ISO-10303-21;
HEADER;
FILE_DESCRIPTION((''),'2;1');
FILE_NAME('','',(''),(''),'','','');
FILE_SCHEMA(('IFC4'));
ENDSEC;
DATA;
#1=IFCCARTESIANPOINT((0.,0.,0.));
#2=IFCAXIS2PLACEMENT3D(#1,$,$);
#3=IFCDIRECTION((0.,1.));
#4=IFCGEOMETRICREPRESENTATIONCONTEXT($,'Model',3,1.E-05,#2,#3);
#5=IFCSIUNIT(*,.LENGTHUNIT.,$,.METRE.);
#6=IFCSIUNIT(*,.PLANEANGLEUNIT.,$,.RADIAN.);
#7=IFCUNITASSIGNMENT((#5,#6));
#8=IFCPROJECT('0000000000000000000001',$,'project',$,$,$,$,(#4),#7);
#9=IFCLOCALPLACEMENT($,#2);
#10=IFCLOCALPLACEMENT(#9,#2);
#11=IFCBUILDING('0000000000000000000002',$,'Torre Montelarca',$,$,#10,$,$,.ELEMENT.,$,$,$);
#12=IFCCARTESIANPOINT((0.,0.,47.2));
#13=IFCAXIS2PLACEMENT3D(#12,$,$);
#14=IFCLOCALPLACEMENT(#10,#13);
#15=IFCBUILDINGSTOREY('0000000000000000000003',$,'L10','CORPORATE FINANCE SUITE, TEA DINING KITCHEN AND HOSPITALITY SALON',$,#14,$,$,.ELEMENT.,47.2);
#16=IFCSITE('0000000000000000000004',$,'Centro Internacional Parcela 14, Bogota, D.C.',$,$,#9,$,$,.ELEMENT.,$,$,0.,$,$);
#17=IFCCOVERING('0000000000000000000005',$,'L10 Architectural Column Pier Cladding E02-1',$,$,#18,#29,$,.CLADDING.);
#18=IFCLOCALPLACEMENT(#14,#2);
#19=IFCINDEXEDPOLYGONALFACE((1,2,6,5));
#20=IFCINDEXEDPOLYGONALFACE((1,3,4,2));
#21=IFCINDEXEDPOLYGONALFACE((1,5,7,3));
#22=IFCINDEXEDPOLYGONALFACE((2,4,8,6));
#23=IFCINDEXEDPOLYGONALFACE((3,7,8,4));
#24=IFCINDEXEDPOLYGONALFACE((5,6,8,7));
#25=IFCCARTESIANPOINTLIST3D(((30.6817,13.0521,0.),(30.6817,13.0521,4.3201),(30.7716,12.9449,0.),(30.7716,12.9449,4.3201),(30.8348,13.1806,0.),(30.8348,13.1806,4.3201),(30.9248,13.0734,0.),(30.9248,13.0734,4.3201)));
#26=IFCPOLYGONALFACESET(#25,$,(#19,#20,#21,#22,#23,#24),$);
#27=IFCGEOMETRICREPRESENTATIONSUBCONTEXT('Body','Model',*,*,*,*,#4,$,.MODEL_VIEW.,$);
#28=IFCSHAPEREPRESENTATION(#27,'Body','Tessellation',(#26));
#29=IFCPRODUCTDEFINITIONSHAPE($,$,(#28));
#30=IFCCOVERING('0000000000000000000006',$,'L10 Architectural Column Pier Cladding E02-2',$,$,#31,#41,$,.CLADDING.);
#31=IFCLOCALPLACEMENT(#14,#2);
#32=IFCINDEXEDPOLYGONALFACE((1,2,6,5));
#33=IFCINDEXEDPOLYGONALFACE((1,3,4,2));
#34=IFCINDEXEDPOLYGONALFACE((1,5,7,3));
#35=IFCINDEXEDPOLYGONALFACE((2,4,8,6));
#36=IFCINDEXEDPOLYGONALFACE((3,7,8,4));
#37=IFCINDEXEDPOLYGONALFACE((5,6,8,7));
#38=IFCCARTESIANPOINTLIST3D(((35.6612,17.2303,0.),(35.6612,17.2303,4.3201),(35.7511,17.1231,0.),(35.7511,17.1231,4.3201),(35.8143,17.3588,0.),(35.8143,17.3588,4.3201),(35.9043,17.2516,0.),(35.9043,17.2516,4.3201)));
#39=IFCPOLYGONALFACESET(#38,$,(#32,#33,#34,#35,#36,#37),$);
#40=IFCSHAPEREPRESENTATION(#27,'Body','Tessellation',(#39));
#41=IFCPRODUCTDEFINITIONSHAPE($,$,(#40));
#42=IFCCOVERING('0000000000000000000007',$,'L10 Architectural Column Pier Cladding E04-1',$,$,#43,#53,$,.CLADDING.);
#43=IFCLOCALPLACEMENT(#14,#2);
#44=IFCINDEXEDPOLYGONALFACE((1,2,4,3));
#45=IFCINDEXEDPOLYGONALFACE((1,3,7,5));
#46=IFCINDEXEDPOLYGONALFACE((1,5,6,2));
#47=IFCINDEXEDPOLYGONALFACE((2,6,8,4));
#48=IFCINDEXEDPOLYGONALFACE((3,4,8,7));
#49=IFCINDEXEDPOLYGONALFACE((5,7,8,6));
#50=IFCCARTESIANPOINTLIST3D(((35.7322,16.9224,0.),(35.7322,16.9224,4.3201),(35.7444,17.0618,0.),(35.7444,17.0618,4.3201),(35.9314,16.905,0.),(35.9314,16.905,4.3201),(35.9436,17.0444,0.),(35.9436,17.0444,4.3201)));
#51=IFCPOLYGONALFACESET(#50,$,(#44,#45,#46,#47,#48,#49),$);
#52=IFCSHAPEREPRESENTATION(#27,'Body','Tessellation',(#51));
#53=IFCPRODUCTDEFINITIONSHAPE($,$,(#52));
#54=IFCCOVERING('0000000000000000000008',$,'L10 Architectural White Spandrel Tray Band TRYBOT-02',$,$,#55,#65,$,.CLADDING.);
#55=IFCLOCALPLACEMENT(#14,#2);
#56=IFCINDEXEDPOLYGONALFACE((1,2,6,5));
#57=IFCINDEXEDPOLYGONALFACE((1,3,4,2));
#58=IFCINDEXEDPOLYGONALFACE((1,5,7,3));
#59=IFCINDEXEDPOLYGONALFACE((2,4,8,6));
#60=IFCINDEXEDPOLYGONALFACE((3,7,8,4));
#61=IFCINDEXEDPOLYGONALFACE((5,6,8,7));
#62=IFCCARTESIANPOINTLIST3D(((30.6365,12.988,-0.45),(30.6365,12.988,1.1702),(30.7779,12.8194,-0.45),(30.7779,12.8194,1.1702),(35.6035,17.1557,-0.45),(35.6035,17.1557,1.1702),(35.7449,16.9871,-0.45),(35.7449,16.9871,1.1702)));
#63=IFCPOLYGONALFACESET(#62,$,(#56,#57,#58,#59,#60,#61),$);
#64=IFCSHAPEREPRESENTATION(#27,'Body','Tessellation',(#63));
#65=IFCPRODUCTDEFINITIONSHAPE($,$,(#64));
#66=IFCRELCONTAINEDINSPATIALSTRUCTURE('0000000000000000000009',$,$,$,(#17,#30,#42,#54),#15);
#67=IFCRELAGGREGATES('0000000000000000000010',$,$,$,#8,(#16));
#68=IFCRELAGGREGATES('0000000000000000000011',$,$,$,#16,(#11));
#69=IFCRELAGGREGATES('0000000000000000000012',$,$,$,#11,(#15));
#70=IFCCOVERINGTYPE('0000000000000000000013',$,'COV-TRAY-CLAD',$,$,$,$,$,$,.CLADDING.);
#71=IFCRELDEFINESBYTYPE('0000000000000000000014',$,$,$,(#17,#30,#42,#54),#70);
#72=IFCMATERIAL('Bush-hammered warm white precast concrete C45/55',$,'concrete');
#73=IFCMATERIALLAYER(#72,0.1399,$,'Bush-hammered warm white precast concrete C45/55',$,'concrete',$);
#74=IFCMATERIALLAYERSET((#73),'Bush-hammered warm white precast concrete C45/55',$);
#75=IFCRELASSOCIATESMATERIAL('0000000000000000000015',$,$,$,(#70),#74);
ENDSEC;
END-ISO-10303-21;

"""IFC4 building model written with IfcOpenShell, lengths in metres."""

from ifc_helpers import new_model, si_unit, direction, frame, origin, origin_2d, place, context, subcontext, project, spatial, rectangle, extrude, source, transform, mapped, material, layer, layer_set, type_object, element, save


model = new_model("IFC4")

# Units and contexts
model_context = context("Model", 3, precision=1e-05, world=origin(), true_north=direction((0.0, 1.0)))
body_context = subcontext(model_context, "Body", "Model", "MODEL_VIEW")
ifc_project = project(units=[si_unit("LENGTHUNIT", "METRE"), si_unit("PLANEANGLEUNIT", "RADIAN")], contexts=[model_context])

# Site, building, storey
site_placement = place(None, origin())
site = spatial("IfcSite", under=ifc_project, at=site_placement, Name="Centro Internacional Parcela 14, Bogota, D.C.", CompositionType="ELEMENT", RefElevation=0.0)
building_placement = place(site_placement, origin())
building = spatial("IfcBuilding", under=site, at=building_placement, Name="Torre Montelarca", CompositionType="ELEMENT")
storey_placement = place(building_placement, frame((0.0, 0.0, 47.2)))
storey = spatial("IfcBuildingStorey", under=building, at=storey_placement, Name="L10", Description="CORPORATE FINANCE SUITE, TEA DINING KITCHEN AND HOSPITALITY SALON", CompositionType="ELEMENT", Elevation=47.2)

# Coverings
ifc_material_1 = material(Name="Bush-hammered warm white precast concrete C45/55", Category="concrete")
ifc_layer_1 = layer(ifc_material_1, 0.1399, Name="Bush-hammered warm white precast concrete C45/55", Category="concrete")
ifc_layer_set_1 = layer_set([ifc_layer_1], Name="Bush-hammered warm white precast concrete C45/55")
covering_type = type_object("IfcCoveringType", Name="COV-TRAY-CLAD", PredefinedType="CLADDING", material=ifc_layer_set_1)
shared_shape_1 = source(origin(), body_context, "Body", "SweptSolid", [
    extrude(rectangle(XDim=0.2, YDim=0.1399, at=origin_2d()), origin(), (0.0, 0.0, 1.0), 4.3201),
])
for number, where, z_axis, x_axis, name in (
    (1, (30.8032, 13.0627, 0.0), (0.0, 0.0, 1.0), (0.766049, 0.642782, 0.0), "L10 Architectural Column Pier Cladding E02-1"),
    (2, (35.7827, 17.241, 0.0), (0.0, 0.0, 1.0), (0.766049, 0.642782, 0.0), "L10 Architectural Column Pier Cladding E02-2"),
    (3, (35.8379, 16.9834, 0.0), (0.0, 0.0, 1.0), (0.996194, -0.087161, 0.0), "L10 Architectural Column Pier Cladding E04-1"),
):
    element("IfcCovering", number, at=place(storey_placement, frame(where, z_axis=z_axis, x_axis=x_axis)), inside=storey, type_object=covering_type, Name=name, PredefinedType="CLADDING", context=body_context, shape_type="MappedRepresentation", body=[
        mapped(shared_shape_1, transform((0.0, 0.0, 0.0), scale=1.0)),
    ])
shared_shape_2 = source(origin(), body_context, "Body", "SweptSolid", [
    extrude(rectangle(XDim=6.4839, YDim=0.22, at=origin_2d()), origin(), (0.0, 0.0, 1.0), 1.6201),
])
covering_1_placement = place(storey_placement, frame((33.1907, 14.9875, -0.45), z_axis=(0.0, 0.0, 1.0), x_axis=(0.766052, 0.642778, 0.0)))
element("IfcCovering", 4, at=covering_1_placement, inside=storey, type_object=covering_type, Name="L10 Architectural White Spandrel Tray Band TRYBOT-02", PredefinedType="CLADDING", context=body_context, shape_type="MappedRepresentation", body=[
    mapped(shared_shape_2, transform((0.0, 0.0, 0.0), scale=1.0)),
])

save(model, "model.ifc")
